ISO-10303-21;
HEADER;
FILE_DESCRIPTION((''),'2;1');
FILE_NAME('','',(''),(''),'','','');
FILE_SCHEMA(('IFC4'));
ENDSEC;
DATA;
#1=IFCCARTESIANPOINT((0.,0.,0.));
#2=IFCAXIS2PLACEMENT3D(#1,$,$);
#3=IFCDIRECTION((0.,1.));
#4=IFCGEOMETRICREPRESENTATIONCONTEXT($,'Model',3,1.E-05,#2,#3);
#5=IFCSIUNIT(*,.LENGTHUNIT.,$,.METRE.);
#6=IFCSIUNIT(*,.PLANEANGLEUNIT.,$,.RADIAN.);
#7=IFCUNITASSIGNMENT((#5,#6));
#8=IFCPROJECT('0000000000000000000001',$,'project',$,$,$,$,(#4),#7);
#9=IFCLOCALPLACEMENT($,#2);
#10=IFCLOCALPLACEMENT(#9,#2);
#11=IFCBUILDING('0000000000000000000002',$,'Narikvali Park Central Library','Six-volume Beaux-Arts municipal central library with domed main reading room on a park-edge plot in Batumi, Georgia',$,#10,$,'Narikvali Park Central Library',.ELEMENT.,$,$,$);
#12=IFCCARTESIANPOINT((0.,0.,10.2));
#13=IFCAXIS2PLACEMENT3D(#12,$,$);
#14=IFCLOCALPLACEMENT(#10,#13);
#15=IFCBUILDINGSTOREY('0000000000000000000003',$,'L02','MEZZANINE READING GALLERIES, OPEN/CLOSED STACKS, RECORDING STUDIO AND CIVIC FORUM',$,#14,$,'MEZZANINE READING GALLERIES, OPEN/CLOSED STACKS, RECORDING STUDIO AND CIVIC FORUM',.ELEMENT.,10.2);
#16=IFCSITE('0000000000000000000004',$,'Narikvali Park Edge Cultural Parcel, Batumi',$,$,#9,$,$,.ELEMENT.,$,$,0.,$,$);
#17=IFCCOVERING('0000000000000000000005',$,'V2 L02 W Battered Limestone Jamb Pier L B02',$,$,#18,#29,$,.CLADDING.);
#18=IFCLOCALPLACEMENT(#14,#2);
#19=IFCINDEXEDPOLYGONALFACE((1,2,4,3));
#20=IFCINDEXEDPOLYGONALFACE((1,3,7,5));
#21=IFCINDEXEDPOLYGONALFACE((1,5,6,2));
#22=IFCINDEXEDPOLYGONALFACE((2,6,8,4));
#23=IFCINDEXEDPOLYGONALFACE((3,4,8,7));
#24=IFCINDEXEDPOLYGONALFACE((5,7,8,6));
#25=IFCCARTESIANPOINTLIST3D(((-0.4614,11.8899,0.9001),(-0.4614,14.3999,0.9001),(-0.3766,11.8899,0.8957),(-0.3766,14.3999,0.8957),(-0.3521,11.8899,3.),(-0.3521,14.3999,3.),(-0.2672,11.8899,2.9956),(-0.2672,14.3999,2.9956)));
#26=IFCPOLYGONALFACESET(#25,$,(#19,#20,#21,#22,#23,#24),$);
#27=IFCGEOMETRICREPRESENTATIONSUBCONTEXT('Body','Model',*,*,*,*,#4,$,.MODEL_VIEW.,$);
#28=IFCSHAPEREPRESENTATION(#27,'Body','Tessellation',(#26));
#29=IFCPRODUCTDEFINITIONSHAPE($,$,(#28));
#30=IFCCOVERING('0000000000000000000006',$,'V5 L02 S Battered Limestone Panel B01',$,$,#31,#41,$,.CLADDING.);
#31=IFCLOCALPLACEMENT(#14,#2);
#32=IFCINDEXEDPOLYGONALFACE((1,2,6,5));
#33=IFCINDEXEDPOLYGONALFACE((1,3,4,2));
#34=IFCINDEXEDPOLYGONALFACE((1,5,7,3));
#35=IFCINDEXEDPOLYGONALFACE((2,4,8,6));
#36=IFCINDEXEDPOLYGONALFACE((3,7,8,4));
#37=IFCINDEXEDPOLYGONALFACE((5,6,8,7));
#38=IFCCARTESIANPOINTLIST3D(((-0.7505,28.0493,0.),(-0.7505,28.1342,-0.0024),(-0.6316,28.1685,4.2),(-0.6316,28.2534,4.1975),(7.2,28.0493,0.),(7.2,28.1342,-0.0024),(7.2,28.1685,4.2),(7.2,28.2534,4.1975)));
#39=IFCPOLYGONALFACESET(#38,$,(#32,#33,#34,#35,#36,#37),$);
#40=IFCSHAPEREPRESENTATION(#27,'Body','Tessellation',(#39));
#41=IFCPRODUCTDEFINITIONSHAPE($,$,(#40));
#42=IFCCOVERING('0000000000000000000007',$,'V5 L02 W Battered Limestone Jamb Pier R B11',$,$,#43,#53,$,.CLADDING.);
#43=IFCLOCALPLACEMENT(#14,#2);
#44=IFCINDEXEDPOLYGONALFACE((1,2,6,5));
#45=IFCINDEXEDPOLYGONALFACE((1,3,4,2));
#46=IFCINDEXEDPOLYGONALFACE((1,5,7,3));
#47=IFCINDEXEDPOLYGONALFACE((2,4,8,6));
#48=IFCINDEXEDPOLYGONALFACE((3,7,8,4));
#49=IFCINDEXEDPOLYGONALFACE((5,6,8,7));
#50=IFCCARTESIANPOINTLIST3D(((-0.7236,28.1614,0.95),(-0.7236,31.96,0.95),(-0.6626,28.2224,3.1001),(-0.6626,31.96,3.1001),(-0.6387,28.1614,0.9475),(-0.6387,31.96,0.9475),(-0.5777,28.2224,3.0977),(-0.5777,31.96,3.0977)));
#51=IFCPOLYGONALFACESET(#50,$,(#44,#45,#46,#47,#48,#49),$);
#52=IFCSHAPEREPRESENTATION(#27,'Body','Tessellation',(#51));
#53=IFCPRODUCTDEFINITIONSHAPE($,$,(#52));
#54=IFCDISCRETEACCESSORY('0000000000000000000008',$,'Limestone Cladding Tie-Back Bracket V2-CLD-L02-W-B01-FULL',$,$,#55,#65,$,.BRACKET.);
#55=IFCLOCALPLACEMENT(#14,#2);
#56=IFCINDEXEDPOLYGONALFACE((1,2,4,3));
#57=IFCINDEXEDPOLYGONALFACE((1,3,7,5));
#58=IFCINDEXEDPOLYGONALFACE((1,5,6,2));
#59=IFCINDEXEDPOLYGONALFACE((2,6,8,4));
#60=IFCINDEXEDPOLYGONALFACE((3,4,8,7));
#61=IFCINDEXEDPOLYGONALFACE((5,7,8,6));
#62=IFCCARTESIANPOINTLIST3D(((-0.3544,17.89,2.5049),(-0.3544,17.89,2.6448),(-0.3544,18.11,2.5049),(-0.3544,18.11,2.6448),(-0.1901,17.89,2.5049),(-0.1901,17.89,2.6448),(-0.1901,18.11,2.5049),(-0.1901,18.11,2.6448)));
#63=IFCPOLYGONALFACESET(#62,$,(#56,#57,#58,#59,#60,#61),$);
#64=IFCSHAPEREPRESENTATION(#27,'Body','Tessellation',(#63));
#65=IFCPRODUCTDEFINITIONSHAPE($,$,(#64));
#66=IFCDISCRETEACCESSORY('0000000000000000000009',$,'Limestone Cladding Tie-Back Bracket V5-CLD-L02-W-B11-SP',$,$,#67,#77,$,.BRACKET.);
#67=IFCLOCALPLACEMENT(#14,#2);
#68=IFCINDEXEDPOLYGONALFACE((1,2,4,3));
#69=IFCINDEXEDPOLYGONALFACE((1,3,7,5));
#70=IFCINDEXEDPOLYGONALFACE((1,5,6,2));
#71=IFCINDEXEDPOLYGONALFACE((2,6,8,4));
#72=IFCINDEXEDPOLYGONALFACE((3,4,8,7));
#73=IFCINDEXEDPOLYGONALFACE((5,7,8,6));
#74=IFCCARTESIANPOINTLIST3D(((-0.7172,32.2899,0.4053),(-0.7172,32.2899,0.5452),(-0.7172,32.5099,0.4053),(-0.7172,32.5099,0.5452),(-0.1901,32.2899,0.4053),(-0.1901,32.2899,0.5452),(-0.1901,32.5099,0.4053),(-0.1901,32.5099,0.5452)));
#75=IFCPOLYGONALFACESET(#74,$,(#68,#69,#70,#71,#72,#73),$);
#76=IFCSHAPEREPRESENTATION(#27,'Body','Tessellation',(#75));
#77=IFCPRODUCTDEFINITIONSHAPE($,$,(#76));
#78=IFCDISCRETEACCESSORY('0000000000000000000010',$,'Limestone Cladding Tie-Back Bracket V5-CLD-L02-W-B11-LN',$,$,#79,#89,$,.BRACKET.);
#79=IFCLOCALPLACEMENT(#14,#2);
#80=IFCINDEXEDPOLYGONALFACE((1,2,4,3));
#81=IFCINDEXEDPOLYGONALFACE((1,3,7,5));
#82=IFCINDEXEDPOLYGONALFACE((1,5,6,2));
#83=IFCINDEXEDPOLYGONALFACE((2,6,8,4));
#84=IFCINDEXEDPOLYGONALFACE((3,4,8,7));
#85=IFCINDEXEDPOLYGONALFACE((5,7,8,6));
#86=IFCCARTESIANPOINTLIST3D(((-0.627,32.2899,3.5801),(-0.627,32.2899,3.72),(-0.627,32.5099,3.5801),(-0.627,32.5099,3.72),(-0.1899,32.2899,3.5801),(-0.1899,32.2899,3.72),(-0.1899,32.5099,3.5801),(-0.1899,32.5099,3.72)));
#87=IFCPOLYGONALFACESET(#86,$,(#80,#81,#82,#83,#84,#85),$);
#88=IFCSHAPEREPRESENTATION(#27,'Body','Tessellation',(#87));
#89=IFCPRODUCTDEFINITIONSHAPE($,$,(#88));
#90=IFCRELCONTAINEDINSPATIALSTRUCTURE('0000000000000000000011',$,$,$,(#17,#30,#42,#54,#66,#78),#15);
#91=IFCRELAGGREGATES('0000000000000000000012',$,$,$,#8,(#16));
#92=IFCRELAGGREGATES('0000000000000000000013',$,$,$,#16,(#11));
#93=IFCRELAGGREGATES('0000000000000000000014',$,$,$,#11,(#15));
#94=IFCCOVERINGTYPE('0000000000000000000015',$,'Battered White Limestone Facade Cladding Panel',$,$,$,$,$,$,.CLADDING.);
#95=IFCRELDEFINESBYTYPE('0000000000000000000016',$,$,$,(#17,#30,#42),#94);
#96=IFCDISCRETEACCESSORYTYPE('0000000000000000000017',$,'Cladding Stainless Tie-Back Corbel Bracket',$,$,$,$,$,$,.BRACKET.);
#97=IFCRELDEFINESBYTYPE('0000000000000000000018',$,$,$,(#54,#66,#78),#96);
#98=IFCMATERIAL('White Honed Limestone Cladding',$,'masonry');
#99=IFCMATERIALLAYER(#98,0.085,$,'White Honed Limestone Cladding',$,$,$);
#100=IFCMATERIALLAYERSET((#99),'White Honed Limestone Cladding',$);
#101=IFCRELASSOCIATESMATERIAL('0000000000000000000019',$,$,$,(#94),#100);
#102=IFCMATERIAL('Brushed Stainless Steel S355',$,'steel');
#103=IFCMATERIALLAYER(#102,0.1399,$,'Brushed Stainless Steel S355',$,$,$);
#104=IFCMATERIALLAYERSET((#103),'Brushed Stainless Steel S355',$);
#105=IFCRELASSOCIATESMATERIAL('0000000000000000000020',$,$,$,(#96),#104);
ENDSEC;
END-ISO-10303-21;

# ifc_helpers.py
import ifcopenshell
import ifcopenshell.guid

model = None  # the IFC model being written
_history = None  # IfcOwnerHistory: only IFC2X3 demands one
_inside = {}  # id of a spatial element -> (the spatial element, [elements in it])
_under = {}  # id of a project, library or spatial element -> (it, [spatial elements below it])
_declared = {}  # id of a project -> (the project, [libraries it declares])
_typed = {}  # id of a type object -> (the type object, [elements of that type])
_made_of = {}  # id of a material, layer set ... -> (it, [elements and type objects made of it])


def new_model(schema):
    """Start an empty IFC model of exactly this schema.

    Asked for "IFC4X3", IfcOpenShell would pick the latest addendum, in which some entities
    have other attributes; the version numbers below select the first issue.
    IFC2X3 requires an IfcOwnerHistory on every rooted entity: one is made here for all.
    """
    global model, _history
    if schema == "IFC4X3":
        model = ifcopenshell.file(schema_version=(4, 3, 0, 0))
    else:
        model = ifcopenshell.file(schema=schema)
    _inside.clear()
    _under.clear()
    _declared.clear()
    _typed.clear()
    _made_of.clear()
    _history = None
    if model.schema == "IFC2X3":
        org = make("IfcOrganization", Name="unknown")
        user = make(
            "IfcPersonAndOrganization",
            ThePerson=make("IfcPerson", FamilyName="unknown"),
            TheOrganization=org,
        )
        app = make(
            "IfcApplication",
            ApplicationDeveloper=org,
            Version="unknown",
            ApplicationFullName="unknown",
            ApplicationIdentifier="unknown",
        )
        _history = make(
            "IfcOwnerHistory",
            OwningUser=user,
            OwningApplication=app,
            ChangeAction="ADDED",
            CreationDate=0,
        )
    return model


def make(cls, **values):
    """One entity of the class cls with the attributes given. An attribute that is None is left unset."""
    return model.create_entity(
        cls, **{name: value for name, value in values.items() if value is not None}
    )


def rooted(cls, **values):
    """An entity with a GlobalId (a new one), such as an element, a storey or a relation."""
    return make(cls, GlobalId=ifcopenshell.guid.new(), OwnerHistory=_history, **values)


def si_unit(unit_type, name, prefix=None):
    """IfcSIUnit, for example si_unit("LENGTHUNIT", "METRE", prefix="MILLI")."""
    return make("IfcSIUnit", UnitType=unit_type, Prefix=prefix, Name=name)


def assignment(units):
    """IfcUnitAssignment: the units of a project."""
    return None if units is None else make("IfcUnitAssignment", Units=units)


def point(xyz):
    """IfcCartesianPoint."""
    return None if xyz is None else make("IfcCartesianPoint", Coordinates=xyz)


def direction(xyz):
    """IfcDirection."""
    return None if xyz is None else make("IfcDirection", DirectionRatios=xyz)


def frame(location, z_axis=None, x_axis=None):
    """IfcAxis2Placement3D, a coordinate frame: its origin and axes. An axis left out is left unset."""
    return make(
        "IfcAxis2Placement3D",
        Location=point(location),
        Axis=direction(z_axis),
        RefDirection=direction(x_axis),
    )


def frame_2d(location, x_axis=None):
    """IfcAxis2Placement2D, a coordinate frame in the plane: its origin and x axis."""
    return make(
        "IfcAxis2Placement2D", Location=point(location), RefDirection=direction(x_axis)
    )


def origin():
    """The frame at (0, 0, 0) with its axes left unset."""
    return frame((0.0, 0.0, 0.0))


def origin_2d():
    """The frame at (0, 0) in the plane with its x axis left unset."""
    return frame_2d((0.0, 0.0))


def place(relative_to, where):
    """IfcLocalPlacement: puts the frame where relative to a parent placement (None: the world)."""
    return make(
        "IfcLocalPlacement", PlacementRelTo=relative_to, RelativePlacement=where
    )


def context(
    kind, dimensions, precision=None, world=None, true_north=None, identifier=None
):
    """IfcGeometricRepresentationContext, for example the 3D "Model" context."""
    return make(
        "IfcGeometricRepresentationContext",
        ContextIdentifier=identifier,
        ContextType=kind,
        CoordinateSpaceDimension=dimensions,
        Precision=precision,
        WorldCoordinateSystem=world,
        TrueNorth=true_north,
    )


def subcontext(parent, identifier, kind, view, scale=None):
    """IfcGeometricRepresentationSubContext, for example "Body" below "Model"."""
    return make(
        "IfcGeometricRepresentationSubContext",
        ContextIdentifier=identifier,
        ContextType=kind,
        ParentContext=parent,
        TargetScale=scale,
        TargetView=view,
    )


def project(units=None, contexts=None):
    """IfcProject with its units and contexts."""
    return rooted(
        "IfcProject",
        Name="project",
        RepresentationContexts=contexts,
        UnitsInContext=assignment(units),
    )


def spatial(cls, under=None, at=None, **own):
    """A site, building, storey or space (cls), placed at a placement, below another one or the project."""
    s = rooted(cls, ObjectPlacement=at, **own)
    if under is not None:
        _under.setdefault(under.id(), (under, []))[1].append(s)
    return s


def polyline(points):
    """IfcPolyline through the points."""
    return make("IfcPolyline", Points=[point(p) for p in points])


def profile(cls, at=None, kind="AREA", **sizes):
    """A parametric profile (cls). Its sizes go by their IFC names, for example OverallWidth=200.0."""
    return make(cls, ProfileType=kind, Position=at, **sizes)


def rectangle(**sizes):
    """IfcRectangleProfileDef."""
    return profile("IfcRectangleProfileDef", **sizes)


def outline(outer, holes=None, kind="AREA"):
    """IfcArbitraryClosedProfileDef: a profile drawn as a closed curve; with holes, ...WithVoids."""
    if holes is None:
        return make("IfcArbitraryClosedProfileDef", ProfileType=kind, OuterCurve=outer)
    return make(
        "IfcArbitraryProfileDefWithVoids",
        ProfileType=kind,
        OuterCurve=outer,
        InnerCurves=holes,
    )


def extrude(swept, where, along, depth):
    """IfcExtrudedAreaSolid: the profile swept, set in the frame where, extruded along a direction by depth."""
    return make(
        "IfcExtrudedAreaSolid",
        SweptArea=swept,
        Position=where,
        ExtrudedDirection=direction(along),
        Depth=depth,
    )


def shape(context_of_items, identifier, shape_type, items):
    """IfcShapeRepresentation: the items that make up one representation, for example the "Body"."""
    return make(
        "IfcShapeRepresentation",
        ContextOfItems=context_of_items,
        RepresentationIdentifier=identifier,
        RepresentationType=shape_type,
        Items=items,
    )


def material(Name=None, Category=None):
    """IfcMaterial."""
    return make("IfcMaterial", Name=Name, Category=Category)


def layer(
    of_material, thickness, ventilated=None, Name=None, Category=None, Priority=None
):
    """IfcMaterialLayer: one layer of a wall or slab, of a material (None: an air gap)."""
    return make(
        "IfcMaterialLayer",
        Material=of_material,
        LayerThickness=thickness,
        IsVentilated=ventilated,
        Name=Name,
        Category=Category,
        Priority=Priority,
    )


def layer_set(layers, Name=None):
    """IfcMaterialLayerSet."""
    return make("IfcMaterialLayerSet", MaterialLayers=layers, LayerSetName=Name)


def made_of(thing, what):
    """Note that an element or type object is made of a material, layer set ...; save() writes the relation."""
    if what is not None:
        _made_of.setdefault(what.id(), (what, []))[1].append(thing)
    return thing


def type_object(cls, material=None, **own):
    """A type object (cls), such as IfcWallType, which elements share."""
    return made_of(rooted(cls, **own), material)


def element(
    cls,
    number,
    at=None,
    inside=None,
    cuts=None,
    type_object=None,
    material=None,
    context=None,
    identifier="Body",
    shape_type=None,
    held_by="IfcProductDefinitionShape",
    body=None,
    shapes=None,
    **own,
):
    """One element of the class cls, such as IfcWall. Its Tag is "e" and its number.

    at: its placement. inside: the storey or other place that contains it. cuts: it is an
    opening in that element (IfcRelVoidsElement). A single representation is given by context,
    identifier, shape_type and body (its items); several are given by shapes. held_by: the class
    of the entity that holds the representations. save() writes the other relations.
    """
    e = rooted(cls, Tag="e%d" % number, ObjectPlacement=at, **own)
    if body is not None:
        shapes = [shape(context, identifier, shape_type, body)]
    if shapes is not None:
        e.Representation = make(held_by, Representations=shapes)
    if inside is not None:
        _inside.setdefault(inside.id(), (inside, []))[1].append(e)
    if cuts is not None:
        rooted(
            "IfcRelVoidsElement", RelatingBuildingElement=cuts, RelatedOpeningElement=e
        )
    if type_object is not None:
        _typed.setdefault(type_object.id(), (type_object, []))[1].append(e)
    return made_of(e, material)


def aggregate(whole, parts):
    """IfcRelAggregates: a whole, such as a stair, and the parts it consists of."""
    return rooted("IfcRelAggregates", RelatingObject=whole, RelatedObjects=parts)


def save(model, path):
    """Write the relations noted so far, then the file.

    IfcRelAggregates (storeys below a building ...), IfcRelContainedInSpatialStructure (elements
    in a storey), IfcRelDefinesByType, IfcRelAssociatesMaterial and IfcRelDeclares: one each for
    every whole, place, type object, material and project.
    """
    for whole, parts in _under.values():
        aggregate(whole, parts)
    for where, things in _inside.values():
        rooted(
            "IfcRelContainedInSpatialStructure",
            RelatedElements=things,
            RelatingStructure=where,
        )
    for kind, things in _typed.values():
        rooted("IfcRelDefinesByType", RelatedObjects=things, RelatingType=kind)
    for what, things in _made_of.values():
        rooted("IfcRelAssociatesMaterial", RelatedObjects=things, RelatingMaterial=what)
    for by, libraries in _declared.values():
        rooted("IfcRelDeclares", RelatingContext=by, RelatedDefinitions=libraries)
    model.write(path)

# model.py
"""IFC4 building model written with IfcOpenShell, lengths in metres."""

from ifc_helpers import new_model, si_unit, direction, frame, origin, origin_2d, place, context, subcontext, project, spatial, polyline, rectangle, outline, extrude, material, layer, layer_set, type_object, element, save


model = new_model("IFC4")

# Units and contexts
model_context = context("Model", 3, precision=1e-05, world=origin(), true_north=direction((0.0, 1.0)))
body_context = subcontext(model_context, "Body", "Model", "MODEL_VIEW")
ifc_project = project(units=[si_unit("LENGTHUNIT", "METRE"), si_unit("PLANEANGLEUNIT", "RADIAN")], contexts=[model_context])

# Site, building, storey
site_placement = place(None, origin())
site = spatial("IfcSite", under=ifc_project, at=site_placement, Name="Narikvali Park Edge Cultural Parcel, Batumi", CompositionType="ELEMENT", RefElevation=0.0)
building_placement = place(site_placement, origin())
building = spatial("IfcBuilding", under=site, at=building_placement, Name="Narikvali Park Central Library", Description="Six-volume Beaux-Arts municipal central library with domed main reading room on a park-edge plot in Batumi, Georgia", LongName="Narikvali Park Central Library", CompositionType="ELEMENT")
storey_placement = place(building_placement, frame((0.0, 0.0, 10.2)))
storey = spatial("IfcBuildingStorey", under=building, at=storey_placement, Name="L02", Description="MEZZANINE READING GALLERIES, OPEN/CLOSED STACKS, RECORDING STUDIO AND CIVIC FORUM", LongName="MEZZANINE READING GALLERIES, OPEN/CLOSED STACKS, RECORDING STUDIO AND CIVIC FORUM", CompositionType="ELEMENT", Elevation=10.2)

# Coverings
ifc_material_1 = material(Name="White Honed Limestone Cladding", Category="masonry")
ifc_layer_1 = layer(ifc_material_1, 0.085, Name="White Honed Limestone Cladding")
ifc_layer_set_1 = layer_set([ifc_layer_1], Name="White Honed Limestone Cladding")
covering_type = type_object("IfcCoveringType", Name="Battered White Limestone Facade Cladding Panel", PredefinedType="CLADDING", material=ifc_layer_set_1)
covering_1_placement = place(storey_placement, frame((-0.4614, 14.3999, 0.9001), z_axis=(-0.998646, 0.0, 0.052016), x_axis=(0.0, -1.0, 0.0)))
element("IfcCovering", 1, at=covering_1_placement, inside=storey, type_object=covering_type, Name="V2 L02 W Battered Limestone Jamb Pier L B02", PredefinedType="CLADDING", context=body_context, shape_type="SweptSolid", body=[
    extrude(outline(polyline([(0.0, 0.0), (2.51, 0.0), (2.51, 2.1027), (0.0, 2.1027), (0.0, 0.0)])), origin(), (0.0, 0.0, -1.0), 0.085),
])
covering_2_placement = place(storey_placement, frame((-0.7505, 28.0493, 0.0), z_axis=(0.0, -0.999598, 0.028356), x_axis=(1.0, 0.0, 0.0)))
element("IfcCovering", 2, at=covering_2_placement, inside=storey, type_object=covering_type, Name="V5 L02 S Battered Limestone Panel B01", PredefinedType="CLADDING", context=body_context, shape_type="SweptSolid", body=[
    extrude(outline(polyline([(0.0, 0.0), (7.9504, 0.0), (7.9504, 4.2016), (0.1189, 4.2016), (0.0, 0.0)])), origin(), (0.0, 0.0, -1.0), 0.085),
])
covering_3_placement = place(storey_placement, frame((-0.7236, 31.96, 0.95), z_axis=(-0.999597, 0.0, 0.028375), x_axis=(0.0, -1.0, 0.0)))
element("IfcCovering", 3, at=covering_3_placement, inside=storey, type_object=covering_type, Name="V5 L02 W Battered Limestone Jamb Pier R B11", PredefinedType="CLADDING", context=body_context, shape_type="SweptSolid", body=[
    extrude(outline(polyline([(0.0, 0.0), (3.7986, 0.0), (3.7375, 2.151), (0.0, 2.151), (0.0, 0.0)])), origin(), (0.0, 0.0, -1.0), 0.085),
])

# Discrete accessories
ifc_material_2 = material(Name="Brushed Stainless Steel S355", Category="steel")
ifc_layer_2 = layer(ifc_material_2, 0.1399, Name="Brushed Stainless Steel S355")
ifc_layer_set_2 = layer_set([ifc_layer_2], Name="Brushed Stainless Steel S355")
discrete_accessory_type = type_object("IfcDiscreteAccessoryType", Name="Cladding Stainless Tie-Back Corbel Bracket", PredefinedType="BRACKET", material=ifc_layer_set_2)
discrete_accessory_1_placement = place(storey_placement, frame((-0.2722, 18.0, 2.5049), z_axis=(0.0, 0.0, 1.0), x_axis=(1.0, 0.0, 0.0)))
element("IfcDiscreteAccessory", 4, at=discrete_accessory_1_placement, inside=storey, type_object=discrete_accessory_type, Name="Limestone Cladding Tie-Back Bracket V2-CLD-L02-W-B01-FULL", PredefinedType="BRACKET", context=body_context, shape_type="SweptSolid", body=[
    extrude(rectangle(XDim=0.1643, YDim=0.22, at=origin_2d()), origin(), (0.0, 0.0, 1.0), 0.1399),
])
discrete_accessory_2_placement = place(storey_placement, frame((-0.4536, 32.3999, 0.4053), z_axis=(0.0, 0.0, 1.0), x_axis=(1.0, 0.0, 0.0)))
element("IfcDiscreteAccessory", 5, at=discrete_accessory_2_placement, inside=storey, type_object=discrete_accessory_type, Name="Limestone Cladding Tie-Back Bracket V5-CLD-L02-W-B11-SP", PredefinedType="BRACKET", context=body_context, shape_type="SweptSolid", body=[
    extrude(rectangle(XDim=0.5271, YDim=0.22, at=origin_2d()), origin(), (0.0, 0.0, 1.0), 0.1399),
])
discrete_accessory_3_placement = place(storey_placement, frame((-0.4084, 32.3999, 3.5801), z_axis=(0.0, 0.0, 1.0), x_axis=(1.0, 0.0, 0.0)))
element("IfcDiscreteAccessory", 6, at=discrete_accessory_3_placement, inside=storey, type_object=discrete_accessory_type, Name="Limestone Cladding Tie-Back Bracket V5-CLD-L02-W-B11-LN", PredefinedType="BRACKET", context=body_context, shape_type="SweptSolid", body=[
    extrude(rectangle(XDim=0.437, YDim=0.22, at=origin_2d()), origin(), (0.0, 0.0, 1.0), 0.1399),
])

save(model, "model.ifc")
